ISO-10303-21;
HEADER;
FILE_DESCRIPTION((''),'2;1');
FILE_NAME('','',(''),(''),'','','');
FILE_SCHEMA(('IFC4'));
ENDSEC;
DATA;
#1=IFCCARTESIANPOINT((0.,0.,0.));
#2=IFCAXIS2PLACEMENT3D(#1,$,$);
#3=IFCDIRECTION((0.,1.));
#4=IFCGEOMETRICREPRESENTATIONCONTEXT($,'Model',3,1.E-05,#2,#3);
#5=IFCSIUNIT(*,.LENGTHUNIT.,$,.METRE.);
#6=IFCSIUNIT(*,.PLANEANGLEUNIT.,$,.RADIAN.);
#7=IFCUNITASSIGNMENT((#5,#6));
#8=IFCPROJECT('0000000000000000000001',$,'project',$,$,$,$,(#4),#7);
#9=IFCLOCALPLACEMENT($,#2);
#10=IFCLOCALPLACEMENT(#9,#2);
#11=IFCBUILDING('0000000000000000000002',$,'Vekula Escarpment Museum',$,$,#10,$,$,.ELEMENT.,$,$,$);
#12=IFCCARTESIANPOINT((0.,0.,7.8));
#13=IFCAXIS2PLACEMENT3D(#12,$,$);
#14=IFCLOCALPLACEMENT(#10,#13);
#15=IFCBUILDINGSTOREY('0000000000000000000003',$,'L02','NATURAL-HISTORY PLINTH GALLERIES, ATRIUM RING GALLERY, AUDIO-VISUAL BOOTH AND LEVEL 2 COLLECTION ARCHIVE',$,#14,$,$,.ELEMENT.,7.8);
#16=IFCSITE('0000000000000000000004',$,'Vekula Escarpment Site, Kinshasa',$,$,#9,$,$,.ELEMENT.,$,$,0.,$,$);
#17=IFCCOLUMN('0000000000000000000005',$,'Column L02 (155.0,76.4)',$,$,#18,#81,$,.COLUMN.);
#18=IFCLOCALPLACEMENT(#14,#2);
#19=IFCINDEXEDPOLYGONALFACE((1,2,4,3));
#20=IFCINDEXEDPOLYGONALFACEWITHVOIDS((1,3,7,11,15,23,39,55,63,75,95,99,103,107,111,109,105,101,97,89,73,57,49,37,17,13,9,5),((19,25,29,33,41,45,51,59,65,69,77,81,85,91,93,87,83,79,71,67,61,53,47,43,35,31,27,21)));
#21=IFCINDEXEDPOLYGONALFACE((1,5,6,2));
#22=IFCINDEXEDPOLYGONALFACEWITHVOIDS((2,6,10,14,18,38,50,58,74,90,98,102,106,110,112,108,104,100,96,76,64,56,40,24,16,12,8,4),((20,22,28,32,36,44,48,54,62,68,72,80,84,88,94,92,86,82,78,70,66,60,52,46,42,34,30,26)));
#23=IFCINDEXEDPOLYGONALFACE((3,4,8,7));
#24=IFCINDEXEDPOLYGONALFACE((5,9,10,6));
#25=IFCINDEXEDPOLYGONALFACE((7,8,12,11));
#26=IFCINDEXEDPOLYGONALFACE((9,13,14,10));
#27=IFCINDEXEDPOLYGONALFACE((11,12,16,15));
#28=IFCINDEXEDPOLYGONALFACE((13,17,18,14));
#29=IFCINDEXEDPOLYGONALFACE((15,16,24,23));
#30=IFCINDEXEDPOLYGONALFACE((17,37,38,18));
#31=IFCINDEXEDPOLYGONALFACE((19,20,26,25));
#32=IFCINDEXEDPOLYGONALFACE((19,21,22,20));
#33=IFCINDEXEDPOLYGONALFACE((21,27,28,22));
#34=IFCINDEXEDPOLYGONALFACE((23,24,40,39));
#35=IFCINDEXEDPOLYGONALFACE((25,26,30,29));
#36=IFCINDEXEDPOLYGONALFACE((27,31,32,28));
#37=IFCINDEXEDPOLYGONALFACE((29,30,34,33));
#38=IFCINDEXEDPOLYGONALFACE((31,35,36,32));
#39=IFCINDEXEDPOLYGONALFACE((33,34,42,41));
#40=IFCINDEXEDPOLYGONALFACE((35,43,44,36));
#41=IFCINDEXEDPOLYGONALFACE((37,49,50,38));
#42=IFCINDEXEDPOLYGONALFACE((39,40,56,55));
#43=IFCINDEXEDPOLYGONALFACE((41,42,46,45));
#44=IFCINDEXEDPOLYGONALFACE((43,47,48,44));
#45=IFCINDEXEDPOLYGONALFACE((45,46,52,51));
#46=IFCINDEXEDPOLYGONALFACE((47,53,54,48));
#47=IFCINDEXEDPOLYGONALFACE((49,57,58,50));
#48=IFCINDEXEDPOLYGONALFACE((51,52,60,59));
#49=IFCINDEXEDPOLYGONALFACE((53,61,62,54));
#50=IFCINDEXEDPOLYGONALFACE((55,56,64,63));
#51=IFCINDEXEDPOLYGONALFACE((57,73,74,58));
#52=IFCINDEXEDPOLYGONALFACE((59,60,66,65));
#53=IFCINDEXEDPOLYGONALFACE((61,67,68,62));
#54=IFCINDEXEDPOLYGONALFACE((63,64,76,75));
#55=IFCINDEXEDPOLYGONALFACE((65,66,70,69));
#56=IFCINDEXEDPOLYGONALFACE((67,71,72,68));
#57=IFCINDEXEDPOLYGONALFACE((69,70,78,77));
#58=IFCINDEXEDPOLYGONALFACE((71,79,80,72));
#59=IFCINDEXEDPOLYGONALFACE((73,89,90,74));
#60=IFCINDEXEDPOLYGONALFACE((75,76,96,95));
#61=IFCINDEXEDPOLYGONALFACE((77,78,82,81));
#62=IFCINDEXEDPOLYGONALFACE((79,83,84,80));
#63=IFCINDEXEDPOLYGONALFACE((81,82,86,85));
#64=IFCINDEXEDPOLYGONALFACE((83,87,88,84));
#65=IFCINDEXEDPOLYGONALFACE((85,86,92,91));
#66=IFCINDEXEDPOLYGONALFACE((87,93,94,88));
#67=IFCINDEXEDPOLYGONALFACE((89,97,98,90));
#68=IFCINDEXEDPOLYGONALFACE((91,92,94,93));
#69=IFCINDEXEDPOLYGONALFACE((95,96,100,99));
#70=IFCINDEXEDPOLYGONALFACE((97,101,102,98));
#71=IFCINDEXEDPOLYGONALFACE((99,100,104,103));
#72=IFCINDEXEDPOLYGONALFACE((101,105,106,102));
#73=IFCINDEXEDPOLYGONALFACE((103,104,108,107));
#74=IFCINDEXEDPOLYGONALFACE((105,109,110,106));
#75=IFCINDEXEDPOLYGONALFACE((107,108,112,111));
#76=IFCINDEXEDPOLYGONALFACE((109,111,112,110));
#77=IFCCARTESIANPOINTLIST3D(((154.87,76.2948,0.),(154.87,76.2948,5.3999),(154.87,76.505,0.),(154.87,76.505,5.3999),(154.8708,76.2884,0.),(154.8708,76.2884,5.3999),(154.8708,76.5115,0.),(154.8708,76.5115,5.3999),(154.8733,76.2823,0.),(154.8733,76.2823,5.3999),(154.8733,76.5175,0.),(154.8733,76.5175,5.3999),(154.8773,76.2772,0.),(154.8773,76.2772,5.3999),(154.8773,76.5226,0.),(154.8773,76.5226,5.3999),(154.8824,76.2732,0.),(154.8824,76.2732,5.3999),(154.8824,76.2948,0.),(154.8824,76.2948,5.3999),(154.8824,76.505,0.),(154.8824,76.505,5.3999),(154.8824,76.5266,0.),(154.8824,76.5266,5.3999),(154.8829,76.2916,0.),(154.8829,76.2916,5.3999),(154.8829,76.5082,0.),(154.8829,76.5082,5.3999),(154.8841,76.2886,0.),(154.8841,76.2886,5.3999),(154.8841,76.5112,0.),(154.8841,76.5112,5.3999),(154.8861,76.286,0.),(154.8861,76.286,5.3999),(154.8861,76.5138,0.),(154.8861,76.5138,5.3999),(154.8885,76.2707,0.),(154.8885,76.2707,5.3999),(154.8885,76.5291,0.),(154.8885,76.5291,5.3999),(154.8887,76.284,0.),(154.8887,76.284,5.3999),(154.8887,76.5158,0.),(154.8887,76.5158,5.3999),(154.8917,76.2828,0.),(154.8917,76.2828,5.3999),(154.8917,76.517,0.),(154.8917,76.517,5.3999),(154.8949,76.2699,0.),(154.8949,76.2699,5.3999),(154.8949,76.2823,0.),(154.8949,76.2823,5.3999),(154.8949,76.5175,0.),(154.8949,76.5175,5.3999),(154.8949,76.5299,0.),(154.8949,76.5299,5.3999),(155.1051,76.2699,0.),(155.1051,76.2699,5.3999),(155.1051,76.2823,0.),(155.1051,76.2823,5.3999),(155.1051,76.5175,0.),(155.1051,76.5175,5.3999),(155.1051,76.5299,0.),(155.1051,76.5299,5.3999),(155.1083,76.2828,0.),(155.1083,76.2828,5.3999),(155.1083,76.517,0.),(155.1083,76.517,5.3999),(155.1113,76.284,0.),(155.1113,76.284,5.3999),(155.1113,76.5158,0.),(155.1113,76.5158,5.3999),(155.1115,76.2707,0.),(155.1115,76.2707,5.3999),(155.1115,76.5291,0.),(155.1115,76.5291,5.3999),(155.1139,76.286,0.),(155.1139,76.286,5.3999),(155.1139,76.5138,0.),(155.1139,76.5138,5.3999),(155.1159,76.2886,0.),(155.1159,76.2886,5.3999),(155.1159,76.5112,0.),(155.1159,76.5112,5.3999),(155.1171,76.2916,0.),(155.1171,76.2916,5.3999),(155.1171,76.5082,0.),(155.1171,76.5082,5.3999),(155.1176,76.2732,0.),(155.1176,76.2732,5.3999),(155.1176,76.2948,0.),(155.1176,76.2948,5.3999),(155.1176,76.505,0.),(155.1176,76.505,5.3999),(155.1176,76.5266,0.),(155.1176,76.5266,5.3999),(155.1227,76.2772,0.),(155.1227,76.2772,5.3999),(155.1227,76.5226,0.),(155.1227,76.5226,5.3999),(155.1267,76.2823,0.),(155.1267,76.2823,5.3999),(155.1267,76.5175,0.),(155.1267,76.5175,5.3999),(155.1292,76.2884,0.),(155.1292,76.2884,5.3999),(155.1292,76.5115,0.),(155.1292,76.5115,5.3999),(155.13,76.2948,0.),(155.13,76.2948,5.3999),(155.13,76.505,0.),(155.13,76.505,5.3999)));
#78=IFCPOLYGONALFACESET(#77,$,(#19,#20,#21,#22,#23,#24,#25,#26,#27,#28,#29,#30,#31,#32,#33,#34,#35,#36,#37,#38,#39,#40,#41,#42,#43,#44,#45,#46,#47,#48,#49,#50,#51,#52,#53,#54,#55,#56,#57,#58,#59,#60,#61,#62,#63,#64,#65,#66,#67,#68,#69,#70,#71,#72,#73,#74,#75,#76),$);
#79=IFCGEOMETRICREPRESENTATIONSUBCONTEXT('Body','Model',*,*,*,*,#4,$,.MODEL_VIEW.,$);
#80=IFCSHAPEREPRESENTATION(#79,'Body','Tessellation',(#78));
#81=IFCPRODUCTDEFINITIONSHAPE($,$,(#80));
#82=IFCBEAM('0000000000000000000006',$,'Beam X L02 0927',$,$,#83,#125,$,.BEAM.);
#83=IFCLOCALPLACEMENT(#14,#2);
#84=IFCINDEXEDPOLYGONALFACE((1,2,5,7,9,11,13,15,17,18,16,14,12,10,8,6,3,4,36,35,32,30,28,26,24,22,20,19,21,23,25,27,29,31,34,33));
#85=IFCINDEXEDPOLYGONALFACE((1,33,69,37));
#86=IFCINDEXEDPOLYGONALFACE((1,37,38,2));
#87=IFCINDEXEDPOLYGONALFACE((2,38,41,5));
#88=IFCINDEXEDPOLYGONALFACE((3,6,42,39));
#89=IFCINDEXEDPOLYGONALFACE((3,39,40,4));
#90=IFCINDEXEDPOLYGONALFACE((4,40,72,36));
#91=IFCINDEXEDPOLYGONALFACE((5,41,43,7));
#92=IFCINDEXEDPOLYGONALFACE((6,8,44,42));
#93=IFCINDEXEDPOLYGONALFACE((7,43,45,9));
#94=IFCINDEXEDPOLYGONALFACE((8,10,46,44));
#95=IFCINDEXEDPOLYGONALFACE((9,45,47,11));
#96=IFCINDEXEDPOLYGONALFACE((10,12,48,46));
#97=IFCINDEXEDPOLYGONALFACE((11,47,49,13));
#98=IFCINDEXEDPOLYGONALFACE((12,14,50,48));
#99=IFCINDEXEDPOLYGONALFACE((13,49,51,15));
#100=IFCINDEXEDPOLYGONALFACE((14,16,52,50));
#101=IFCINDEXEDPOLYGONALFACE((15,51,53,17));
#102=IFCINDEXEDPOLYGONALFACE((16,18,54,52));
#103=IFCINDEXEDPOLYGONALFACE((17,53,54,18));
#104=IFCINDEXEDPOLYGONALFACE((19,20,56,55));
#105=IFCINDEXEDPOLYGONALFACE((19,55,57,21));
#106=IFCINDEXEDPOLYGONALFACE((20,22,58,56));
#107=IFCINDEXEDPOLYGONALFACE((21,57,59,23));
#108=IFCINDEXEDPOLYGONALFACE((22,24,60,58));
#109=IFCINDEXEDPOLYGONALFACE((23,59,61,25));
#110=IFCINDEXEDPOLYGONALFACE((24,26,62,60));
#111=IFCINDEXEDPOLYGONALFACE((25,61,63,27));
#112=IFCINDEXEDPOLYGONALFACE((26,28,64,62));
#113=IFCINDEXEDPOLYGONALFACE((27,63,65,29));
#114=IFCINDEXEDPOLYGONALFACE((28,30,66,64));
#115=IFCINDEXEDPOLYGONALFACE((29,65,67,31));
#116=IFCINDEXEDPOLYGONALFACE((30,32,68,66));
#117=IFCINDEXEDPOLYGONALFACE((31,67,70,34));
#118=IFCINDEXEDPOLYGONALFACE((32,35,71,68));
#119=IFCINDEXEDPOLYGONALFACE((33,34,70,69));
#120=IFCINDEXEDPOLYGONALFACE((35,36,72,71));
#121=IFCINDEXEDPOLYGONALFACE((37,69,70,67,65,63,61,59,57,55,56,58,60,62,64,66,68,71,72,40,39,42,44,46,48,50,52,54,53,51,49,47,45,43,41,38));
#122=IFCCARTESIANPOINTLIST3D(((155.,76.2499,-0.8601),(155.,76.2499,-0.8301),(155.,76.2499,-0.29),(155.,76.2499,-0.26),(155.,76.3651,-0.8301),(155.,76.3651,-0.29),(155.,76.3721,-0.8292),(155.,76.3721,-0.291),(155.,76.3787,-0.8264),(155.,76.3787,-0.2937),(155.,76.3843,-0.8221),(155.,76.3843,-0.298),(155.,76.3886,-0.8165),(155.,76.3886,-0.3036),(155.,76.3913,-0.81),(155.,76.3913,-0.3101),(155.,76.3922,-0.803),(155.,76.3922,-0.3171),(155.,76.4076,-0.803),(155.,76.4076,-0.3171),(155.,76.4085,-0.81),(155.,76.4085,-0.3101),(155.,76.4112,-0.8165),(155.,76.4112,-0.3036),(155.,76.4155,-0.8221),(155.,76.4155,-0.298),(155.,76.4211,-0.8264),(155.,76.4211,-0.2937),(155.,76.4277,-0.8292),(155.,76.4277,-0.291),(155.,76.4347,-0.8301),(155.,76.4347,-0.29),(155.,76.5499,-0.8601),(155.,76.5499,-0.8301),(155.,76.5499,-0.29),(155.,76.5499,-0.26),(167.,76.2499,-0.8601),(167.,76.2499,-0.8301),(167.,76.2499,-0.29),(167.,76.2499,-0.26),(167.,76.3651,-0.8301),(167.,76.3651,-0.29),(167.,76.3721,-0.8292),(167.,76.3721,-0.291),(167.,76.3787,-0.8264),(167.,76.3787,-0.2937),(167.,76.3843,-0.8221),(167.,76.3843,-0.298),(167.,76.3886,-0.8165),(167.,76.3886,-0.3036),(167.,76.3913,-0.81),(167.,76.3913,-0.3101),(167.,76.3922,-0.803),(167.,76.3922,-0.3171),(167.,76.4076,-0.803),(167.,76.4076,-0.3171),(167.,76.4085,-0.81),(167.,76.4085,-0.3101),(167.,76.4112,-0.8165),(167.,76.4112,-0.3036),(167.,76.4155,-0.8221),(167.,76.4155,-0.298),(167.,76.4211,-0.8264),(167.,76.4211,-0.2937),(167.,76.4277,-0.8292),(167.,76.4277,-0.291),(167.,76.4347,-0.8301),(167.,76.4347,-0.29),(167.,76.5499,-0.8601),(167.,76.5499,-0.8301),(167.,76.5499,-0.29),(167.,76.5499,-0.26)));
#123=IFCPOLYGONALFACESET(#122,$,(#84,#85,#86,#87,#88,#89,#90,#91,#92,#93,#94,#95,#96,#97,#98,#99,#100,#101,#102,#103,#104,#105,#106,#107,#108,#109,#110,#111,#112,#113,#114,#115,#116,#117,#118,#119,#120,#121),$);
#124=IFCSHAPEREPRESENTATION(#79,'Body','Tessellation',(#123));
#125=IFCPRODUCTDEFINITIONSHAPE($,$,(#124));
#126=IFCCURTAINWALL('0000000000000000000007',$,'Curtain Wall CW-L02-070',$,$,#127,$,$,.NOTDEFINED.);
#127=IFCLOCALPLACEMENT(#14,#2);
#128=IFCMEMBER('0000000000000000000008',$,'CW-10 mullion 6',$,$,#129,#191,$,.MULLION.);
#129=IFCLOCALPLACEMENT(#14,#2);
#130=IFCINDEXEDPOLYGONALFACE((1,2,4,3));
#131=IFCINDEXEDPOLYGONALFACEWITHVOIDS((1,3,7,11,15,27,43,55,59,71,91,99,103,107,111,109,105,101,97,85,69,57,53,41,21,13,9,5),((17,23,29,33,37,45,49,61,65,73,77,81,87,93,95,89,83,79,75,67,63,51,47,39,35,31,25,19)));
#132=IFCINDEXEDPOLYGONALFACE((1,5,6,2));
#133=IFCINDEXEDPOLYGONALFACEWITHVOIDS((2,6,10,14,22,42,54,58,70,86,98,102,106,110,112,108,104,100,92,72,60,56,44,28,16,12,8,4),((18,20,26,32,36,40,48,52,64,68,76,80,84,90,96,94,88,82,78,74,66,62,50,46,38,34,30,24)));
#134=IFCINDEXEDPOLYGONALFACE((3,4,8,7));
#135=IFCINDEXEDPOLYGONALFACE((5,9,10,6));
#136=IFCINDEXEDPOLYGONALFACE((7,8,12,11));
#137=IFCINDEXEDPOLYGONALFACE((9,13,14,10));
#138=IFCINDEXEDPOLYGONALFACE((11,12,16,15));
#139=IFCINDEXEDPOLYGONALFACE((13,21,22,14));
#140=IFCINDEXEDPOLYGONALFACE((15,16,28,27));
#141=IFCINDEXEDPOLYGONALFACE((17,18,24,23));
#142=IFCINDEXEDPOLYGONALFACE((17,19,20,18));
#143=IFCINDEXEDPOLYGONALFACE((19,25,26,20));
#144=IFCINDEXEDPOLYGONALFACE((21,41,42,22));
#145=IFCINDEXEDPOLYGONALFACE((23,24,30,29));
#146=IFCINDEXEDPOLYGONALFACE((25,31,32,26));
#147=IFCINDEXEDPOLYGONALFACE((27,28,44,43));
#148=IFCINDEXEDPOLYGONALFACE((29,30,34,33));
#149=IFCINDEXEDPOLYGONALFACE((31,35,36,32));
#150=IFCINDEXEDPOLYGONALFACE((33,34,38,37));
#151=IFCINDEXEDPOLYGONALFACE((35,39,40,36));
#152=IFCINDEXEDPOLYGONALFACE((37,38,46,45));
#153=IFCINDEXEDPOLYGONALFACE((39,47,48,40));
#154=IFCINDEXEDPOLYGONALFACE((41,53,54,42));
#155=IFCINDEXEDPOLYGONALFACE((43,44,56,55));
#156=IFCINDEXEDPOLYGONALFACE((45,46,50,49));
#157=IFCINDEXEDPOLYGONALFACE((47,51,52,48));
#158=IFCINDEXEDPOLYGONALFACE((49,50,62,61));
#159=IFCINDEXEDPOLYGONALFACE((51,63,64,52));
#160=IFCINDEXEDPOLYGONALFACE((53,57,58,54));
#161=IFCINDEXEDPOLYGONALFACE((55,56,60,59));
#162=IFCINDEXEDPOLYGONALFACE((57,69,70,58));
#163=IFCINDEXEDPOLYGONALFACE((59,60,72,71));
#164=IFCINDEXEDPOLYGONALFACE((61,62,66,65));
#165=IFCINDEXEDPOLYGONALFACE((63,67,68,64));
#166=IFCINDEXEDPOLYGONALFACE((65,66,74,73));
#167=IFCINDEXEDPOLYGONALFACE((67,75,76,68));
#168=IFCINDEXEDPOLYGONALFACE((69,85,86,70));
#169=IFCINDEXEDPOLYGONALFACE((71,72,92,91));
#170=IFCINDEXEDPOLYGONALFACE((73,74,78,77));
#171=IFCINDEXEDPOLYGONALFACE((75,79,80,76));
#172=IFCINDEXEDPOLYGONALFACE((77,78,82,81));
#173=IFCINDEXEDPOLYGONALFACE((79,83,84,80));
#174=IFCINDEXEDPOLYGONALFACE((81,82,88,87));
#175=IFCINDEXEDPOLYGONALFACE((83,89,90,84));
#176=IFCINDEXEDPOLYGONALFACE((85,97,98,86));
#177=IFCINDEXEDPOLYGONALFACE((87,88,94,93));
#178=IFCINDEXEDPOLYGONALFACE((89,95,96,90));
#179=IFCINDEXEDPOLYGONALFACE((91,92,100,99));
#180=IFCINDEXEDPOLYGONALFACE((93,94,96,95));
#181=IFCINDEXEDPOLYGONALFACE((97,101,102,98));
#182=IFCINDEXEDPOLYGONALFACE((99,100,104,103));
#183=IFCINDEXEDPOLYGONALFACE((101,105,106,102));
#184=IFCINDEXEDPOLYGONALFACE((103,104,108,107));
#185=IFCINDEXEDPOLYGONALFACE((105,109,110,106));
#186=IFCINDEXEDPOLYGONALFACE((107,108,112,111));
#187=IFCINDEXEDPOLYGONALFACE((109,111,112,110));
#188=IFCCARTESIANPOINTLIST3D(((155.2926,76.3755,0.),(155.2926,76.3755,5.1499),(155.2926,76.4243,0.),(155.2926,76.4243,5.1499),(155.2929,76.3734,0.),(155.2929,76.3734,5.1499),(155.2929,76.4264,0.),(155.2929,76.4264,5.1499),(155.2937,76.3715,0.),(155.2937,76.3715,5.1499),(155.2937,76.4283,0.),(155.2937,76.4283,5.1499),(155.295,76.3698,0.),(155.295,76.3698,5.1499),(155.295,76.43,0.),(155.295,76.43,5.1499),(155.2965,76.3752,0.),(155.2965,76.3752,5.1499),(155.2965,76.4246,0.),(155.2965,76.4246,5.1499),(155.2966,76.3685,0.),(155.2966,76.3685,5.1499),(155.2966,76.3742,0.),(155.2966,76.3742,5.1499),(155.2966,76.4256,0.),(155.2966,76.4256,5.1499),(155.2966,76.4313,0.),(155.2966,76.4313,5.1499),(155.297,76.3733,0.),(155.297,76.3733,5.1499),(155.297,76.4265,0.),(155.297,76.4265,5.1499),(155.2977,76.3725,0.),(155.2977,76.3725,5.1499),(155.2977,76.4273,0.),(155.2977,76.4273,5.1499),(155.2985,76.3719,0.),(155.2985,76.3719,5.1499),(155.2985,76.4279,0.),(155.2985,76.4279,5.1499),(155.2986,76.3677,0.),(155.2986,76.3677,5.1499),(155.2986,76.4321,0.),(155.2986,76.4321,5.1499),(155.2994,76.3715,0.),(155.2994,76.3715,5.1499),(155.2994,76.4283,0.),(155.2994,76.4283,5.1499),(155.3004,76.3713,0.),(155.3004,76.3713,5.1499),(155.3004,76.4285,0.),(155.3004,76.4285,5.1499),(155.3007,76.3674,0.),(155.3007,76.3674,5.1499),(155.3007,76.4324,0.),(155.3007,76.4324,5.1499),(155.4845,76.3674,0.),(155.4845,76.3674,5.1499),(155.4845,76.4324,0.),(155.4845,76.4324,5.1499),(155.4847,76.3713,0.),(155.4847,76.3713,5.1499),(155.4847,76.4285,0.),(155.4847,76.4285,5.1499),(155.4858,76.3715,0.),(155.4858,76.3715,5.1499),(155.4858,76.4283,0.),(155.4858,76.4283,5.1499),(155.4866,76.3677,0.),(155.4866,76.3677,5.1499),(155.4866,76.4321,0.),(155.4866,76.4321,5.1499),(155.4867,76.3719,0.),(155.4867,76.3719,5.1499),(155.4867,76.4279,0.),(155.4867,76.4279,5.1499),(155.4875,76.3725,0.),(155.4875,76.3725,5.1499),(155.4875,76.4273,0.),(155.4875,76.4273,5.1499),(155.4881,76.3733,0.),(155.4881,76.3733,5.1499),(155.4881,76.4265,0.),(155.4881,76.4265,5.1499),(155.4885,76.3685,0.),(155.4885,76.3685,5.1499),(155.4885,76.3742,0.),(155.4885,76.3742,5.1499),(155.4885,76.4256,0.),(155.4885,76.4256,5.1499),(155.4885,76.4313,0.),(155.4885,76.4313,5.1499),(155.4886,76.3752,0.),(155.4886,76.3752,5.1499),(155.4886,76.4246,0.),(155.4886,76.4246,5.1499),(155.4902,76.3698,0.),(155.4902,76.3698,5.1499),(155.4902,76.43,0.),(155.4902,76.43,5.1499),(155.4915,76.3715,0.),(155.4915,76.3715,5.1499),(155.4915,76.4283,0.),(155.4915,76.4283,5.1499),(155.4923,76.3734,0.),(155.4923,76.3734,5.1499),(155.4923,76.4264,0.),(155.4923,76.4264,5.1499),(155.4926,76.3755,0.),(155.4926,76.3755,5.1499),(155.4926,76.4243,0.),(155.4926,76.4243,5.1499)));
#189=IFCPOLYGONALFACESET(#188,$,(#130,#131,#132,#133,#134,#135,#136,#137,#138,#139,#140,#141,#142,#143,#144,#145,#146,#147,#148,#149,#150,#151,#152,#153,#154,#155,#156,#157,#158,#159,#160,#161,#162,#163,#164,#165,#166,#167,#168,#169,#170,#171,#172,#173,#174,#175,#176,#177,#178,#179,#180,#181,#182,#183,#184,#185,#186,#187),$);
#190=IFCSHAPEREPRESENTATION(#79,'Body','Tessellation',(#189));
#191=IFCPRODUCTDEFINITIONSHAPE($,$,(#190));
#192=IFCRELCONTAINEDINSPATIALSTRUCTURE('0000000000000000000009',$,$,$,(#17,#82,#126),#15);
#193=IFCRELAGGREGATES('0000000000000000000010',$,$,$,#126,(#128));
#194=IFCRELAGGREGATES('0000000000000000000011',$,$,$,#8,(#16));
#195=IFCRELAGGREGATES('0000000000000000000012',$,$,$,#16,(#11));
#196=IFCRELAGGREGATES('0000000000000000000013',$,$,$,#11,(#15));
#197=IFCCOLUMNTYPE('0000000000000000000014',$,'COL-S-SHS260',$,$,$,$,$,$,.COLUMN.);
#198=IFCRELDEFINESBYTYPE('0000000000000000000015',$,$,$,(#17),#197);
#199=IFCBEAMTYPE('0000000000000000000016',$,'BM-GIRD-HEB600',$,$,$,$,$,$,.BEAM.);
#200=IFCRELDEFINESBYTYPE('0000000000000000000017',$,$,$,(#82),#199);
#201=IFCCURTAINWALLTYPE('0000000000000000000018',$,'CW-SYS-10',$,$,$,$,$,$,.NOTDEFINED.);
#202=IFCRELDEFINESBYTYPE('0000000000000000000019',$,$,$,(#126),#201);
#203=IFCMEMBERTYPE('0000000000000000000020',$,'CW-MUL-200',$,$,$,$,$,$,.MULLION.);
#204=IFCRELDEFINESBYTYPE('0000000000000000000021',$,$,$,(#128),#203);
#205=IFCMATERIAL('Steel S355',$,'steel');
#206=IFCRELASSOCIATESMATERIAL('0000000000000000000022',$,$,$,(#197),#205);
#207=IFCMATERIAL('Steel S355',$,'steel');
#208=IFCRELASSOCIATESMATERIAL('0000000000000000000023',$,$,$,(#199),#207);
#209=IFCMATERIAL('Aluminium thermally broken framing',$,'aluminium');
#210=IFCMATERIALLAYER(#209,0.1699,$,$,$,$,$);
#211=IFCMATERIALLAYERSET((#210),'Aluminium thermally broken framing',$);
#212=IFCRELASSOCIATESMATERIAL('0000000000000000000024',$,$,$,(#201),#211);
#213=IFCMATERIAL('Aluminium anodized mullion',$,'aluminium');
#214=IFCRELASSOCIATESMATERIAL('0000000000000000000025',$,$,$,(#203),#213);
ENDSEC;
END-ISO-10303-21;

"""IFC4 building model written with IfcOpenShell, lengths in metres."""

from ifc_helpers import new_model, si_unit, direction, frame, origin, origin_2d, place, context, subcontext, project, spatial, hollow_rectangle, i_section, extrude, material, layer, layer_set, material_profile, profile_set, type_object, element, aggregate, save


model = new_model("IFC4")

# Units and contexts
model_context = context("Model", 3, precision=1e-05, world=origin(), true_north=direction((0.0, 1.0)))
body_context = subcontext(model_context, "Body", "Model", "MODEL_VIEW")
ifc_project = project(units=[si_unit("LENGTHUNIT", "METRE"), si_unit("PLANEANGLEUNIT", "RADIAN")], contexts=[model_context])

# Site, building, storey
site_placement = place(None, origin())
site = spatial("IfcSite", under=ifc_project, at=site_placement, Name="Vekula Escarpment Site, Kinshasa", CompositionType="ELEMENT", RefElevation=0.0)
building_placement = place(site_placement, origin())
building = spatial("IfcBuilding", under=site, at=building_placement, Name="Vekula Escarpment Museum", CompositionType="ELEMENT")
storey_placement = place(building_placement, frame((0.0, 0.0, 7.8)))
storey = spatial("IfcBuildingStorey", under=building, at=storey_placement, Name="L02", Description="NATURAL-HISTORY PLINTH GALLERIES, ATRIUM RING GALLERY, AUDIO-VISUAL BOOTH AND LEVEL 2 COLLECTION ARCHIVE", CompositionType="ELEMENT", Elevation=7.8)

# Column
ifc_material_1 = material(Name="Steel S355", Category="steel")
ifc_material_profile_1 = material_profile(ifc_material_1, hollow_rectangle(XDim=0.26, YDim=0.26, WallThickness=0.0125, InnerFilletRadius=0.0125, OuterFilletRadius=0.0249, at=origin_2d()), Name="SHS 260x260x12.5")
ifc_profile_set_1 = profile_set([ifc_material_profile_1], Name="Steel S355")
column_type = type_object("IfcColumnType", Name="COL-S-SHS260", PredefinedType="COLUMN", material=ifc_profile_set_1)
column_placement = place(storey_placement, frame((155.0, 76.3999, 0.0), z_axis=(0.0, 0.0, 1.0), x_axis=(1.0, 0.0, 0.0)))
element("IfcColumn", 1, at=column_placement, inside=storey, type_object=column_type, Name="Column L02 (155.0,76.4)", PredefinedType="COLUMN", context=body_context, shape_type="SweptSolid", body=[
    extrude(hollow_rectangle(XDim=0.26, YDim=0.26, WallThickness=0.0125, InnerFilletRadius=0.0125, OuterFilletRadius=0.0249, at=origin_2d()), origin(), (0.0, 0.0, 1.0), 5.3999),
])

# Beam
ifc_material_2 = material(Name="Steel S355", Category="steel")
ifc_material_profile_2 = material_profile(ifc_material_2, i_section(OverallWidth=0.3, OverallDepth=0.6001, WebThickness=0.0154, FlangeThickness=0.03, FilletRadius=0.0271, at=origin_2d()), Name="HEB 600")
ifc_profile_set_2 = profile_set([ifc_material_profile_2], Name="Steel S355")
beam_type = type_object("IfcBeamType", Name="BM-GIRD-HEB600", PredefinedType="BEAM", material=ifc_profile_set_2)
beam_placement = place(storey_placement, frame((155.0, 76.3999, -0.5601), z_axis=(1.0, 0.0, 0.0), x_axis=(0.0, 1.0, 0.0)))
element("IfcBeam", 2, at=beam_placement, inside=storey, type_object=beam_type, Name="Beam X L02 0927", PredefinedType="BEAM", context=body_context, shape_type="SweptSolid", body=[
    extrude(i_section(OverallWidth=0.3, OverallDepth=0.6001, WebThickness=0.0154, FlangeThickness=0.03, FilletRadius=0.0271, at=origin_2d()), origin(), (0.0, 0.0, 1.0), 12.0),
])

# Curtain wall, member
ifc_material_3 = material(Name="Aluminium thermally broken framing", Category="aluminium")
ifc_layer_1 = layer(ifc_material_3, 0.1699)
ifc_layer_set_1 = layer_set([ifc_layer_1], Name="Aluminium thermally broken framing")
curtain_wall_type_1 = type_object("IfcCurtainWallType", Name="CW-SYS-10", PredefinedType="NOTDEFINED", material=ifc_layer_set_1)
curtain_wall_1_placement = place(storey_placement, origin())
curtain_wall_1 = element("IfcCurtainWall", 3, at=curtain_wall_1_placement, inside=storey, type_object=curtain_wall_type_1, Name="Curtain Wall CW-L02-070", PredefinedType="NOTDEFINED")
ifc_material_4 = material(Name="Aluminium anodized mullion", Category="aluminium")
ifc_material_profile_3 = material_profile(ifc_material_4, hollow_rectangle(XDim=0.0649, YDim=0.2, WallThickness=0.0039, InnerFilletRadius=0.0039, OuterFilletRadius=0.0081, at=origin_2d()), Name="ALU 200x65x4")
ifc_profile_set_3 = profile_set([ifc_material_profile_3], Name="Aluminium anodized mullion")
member_type_1 = type_object("IfcMemberType", Name="CW-MUL-200", PredefinedType="MULLION", material=ifc_profile_set_3)
member_1_placement = place(storey_placement, frame((155.3926, 76.3999, 0.0), z_axis=(0.0, 0.0, 1.0), x_axis=(0.0, -1.0, 0.0)))
member_1 = element("IfcMember", 4, at=member_1_placement, type_object=member_type_1, Name="CW-10 mullion 6", PredefinedType="MULLION", context=body_context, shape_type="SweptSolid", body=[
    extrude(hollow_rectangle(XDim=0.0649, YDim=0.2, WallThickness=0.0039, InnerFilletRadius=0.0039, OuterFilletRadius=0.0081, at=origin_2d()), origin(), (0.0, 0.0, 1.0), 5.1499),
])

aggregate(curtain_wall_1, [member_1])

save(model, "model.ifc")
